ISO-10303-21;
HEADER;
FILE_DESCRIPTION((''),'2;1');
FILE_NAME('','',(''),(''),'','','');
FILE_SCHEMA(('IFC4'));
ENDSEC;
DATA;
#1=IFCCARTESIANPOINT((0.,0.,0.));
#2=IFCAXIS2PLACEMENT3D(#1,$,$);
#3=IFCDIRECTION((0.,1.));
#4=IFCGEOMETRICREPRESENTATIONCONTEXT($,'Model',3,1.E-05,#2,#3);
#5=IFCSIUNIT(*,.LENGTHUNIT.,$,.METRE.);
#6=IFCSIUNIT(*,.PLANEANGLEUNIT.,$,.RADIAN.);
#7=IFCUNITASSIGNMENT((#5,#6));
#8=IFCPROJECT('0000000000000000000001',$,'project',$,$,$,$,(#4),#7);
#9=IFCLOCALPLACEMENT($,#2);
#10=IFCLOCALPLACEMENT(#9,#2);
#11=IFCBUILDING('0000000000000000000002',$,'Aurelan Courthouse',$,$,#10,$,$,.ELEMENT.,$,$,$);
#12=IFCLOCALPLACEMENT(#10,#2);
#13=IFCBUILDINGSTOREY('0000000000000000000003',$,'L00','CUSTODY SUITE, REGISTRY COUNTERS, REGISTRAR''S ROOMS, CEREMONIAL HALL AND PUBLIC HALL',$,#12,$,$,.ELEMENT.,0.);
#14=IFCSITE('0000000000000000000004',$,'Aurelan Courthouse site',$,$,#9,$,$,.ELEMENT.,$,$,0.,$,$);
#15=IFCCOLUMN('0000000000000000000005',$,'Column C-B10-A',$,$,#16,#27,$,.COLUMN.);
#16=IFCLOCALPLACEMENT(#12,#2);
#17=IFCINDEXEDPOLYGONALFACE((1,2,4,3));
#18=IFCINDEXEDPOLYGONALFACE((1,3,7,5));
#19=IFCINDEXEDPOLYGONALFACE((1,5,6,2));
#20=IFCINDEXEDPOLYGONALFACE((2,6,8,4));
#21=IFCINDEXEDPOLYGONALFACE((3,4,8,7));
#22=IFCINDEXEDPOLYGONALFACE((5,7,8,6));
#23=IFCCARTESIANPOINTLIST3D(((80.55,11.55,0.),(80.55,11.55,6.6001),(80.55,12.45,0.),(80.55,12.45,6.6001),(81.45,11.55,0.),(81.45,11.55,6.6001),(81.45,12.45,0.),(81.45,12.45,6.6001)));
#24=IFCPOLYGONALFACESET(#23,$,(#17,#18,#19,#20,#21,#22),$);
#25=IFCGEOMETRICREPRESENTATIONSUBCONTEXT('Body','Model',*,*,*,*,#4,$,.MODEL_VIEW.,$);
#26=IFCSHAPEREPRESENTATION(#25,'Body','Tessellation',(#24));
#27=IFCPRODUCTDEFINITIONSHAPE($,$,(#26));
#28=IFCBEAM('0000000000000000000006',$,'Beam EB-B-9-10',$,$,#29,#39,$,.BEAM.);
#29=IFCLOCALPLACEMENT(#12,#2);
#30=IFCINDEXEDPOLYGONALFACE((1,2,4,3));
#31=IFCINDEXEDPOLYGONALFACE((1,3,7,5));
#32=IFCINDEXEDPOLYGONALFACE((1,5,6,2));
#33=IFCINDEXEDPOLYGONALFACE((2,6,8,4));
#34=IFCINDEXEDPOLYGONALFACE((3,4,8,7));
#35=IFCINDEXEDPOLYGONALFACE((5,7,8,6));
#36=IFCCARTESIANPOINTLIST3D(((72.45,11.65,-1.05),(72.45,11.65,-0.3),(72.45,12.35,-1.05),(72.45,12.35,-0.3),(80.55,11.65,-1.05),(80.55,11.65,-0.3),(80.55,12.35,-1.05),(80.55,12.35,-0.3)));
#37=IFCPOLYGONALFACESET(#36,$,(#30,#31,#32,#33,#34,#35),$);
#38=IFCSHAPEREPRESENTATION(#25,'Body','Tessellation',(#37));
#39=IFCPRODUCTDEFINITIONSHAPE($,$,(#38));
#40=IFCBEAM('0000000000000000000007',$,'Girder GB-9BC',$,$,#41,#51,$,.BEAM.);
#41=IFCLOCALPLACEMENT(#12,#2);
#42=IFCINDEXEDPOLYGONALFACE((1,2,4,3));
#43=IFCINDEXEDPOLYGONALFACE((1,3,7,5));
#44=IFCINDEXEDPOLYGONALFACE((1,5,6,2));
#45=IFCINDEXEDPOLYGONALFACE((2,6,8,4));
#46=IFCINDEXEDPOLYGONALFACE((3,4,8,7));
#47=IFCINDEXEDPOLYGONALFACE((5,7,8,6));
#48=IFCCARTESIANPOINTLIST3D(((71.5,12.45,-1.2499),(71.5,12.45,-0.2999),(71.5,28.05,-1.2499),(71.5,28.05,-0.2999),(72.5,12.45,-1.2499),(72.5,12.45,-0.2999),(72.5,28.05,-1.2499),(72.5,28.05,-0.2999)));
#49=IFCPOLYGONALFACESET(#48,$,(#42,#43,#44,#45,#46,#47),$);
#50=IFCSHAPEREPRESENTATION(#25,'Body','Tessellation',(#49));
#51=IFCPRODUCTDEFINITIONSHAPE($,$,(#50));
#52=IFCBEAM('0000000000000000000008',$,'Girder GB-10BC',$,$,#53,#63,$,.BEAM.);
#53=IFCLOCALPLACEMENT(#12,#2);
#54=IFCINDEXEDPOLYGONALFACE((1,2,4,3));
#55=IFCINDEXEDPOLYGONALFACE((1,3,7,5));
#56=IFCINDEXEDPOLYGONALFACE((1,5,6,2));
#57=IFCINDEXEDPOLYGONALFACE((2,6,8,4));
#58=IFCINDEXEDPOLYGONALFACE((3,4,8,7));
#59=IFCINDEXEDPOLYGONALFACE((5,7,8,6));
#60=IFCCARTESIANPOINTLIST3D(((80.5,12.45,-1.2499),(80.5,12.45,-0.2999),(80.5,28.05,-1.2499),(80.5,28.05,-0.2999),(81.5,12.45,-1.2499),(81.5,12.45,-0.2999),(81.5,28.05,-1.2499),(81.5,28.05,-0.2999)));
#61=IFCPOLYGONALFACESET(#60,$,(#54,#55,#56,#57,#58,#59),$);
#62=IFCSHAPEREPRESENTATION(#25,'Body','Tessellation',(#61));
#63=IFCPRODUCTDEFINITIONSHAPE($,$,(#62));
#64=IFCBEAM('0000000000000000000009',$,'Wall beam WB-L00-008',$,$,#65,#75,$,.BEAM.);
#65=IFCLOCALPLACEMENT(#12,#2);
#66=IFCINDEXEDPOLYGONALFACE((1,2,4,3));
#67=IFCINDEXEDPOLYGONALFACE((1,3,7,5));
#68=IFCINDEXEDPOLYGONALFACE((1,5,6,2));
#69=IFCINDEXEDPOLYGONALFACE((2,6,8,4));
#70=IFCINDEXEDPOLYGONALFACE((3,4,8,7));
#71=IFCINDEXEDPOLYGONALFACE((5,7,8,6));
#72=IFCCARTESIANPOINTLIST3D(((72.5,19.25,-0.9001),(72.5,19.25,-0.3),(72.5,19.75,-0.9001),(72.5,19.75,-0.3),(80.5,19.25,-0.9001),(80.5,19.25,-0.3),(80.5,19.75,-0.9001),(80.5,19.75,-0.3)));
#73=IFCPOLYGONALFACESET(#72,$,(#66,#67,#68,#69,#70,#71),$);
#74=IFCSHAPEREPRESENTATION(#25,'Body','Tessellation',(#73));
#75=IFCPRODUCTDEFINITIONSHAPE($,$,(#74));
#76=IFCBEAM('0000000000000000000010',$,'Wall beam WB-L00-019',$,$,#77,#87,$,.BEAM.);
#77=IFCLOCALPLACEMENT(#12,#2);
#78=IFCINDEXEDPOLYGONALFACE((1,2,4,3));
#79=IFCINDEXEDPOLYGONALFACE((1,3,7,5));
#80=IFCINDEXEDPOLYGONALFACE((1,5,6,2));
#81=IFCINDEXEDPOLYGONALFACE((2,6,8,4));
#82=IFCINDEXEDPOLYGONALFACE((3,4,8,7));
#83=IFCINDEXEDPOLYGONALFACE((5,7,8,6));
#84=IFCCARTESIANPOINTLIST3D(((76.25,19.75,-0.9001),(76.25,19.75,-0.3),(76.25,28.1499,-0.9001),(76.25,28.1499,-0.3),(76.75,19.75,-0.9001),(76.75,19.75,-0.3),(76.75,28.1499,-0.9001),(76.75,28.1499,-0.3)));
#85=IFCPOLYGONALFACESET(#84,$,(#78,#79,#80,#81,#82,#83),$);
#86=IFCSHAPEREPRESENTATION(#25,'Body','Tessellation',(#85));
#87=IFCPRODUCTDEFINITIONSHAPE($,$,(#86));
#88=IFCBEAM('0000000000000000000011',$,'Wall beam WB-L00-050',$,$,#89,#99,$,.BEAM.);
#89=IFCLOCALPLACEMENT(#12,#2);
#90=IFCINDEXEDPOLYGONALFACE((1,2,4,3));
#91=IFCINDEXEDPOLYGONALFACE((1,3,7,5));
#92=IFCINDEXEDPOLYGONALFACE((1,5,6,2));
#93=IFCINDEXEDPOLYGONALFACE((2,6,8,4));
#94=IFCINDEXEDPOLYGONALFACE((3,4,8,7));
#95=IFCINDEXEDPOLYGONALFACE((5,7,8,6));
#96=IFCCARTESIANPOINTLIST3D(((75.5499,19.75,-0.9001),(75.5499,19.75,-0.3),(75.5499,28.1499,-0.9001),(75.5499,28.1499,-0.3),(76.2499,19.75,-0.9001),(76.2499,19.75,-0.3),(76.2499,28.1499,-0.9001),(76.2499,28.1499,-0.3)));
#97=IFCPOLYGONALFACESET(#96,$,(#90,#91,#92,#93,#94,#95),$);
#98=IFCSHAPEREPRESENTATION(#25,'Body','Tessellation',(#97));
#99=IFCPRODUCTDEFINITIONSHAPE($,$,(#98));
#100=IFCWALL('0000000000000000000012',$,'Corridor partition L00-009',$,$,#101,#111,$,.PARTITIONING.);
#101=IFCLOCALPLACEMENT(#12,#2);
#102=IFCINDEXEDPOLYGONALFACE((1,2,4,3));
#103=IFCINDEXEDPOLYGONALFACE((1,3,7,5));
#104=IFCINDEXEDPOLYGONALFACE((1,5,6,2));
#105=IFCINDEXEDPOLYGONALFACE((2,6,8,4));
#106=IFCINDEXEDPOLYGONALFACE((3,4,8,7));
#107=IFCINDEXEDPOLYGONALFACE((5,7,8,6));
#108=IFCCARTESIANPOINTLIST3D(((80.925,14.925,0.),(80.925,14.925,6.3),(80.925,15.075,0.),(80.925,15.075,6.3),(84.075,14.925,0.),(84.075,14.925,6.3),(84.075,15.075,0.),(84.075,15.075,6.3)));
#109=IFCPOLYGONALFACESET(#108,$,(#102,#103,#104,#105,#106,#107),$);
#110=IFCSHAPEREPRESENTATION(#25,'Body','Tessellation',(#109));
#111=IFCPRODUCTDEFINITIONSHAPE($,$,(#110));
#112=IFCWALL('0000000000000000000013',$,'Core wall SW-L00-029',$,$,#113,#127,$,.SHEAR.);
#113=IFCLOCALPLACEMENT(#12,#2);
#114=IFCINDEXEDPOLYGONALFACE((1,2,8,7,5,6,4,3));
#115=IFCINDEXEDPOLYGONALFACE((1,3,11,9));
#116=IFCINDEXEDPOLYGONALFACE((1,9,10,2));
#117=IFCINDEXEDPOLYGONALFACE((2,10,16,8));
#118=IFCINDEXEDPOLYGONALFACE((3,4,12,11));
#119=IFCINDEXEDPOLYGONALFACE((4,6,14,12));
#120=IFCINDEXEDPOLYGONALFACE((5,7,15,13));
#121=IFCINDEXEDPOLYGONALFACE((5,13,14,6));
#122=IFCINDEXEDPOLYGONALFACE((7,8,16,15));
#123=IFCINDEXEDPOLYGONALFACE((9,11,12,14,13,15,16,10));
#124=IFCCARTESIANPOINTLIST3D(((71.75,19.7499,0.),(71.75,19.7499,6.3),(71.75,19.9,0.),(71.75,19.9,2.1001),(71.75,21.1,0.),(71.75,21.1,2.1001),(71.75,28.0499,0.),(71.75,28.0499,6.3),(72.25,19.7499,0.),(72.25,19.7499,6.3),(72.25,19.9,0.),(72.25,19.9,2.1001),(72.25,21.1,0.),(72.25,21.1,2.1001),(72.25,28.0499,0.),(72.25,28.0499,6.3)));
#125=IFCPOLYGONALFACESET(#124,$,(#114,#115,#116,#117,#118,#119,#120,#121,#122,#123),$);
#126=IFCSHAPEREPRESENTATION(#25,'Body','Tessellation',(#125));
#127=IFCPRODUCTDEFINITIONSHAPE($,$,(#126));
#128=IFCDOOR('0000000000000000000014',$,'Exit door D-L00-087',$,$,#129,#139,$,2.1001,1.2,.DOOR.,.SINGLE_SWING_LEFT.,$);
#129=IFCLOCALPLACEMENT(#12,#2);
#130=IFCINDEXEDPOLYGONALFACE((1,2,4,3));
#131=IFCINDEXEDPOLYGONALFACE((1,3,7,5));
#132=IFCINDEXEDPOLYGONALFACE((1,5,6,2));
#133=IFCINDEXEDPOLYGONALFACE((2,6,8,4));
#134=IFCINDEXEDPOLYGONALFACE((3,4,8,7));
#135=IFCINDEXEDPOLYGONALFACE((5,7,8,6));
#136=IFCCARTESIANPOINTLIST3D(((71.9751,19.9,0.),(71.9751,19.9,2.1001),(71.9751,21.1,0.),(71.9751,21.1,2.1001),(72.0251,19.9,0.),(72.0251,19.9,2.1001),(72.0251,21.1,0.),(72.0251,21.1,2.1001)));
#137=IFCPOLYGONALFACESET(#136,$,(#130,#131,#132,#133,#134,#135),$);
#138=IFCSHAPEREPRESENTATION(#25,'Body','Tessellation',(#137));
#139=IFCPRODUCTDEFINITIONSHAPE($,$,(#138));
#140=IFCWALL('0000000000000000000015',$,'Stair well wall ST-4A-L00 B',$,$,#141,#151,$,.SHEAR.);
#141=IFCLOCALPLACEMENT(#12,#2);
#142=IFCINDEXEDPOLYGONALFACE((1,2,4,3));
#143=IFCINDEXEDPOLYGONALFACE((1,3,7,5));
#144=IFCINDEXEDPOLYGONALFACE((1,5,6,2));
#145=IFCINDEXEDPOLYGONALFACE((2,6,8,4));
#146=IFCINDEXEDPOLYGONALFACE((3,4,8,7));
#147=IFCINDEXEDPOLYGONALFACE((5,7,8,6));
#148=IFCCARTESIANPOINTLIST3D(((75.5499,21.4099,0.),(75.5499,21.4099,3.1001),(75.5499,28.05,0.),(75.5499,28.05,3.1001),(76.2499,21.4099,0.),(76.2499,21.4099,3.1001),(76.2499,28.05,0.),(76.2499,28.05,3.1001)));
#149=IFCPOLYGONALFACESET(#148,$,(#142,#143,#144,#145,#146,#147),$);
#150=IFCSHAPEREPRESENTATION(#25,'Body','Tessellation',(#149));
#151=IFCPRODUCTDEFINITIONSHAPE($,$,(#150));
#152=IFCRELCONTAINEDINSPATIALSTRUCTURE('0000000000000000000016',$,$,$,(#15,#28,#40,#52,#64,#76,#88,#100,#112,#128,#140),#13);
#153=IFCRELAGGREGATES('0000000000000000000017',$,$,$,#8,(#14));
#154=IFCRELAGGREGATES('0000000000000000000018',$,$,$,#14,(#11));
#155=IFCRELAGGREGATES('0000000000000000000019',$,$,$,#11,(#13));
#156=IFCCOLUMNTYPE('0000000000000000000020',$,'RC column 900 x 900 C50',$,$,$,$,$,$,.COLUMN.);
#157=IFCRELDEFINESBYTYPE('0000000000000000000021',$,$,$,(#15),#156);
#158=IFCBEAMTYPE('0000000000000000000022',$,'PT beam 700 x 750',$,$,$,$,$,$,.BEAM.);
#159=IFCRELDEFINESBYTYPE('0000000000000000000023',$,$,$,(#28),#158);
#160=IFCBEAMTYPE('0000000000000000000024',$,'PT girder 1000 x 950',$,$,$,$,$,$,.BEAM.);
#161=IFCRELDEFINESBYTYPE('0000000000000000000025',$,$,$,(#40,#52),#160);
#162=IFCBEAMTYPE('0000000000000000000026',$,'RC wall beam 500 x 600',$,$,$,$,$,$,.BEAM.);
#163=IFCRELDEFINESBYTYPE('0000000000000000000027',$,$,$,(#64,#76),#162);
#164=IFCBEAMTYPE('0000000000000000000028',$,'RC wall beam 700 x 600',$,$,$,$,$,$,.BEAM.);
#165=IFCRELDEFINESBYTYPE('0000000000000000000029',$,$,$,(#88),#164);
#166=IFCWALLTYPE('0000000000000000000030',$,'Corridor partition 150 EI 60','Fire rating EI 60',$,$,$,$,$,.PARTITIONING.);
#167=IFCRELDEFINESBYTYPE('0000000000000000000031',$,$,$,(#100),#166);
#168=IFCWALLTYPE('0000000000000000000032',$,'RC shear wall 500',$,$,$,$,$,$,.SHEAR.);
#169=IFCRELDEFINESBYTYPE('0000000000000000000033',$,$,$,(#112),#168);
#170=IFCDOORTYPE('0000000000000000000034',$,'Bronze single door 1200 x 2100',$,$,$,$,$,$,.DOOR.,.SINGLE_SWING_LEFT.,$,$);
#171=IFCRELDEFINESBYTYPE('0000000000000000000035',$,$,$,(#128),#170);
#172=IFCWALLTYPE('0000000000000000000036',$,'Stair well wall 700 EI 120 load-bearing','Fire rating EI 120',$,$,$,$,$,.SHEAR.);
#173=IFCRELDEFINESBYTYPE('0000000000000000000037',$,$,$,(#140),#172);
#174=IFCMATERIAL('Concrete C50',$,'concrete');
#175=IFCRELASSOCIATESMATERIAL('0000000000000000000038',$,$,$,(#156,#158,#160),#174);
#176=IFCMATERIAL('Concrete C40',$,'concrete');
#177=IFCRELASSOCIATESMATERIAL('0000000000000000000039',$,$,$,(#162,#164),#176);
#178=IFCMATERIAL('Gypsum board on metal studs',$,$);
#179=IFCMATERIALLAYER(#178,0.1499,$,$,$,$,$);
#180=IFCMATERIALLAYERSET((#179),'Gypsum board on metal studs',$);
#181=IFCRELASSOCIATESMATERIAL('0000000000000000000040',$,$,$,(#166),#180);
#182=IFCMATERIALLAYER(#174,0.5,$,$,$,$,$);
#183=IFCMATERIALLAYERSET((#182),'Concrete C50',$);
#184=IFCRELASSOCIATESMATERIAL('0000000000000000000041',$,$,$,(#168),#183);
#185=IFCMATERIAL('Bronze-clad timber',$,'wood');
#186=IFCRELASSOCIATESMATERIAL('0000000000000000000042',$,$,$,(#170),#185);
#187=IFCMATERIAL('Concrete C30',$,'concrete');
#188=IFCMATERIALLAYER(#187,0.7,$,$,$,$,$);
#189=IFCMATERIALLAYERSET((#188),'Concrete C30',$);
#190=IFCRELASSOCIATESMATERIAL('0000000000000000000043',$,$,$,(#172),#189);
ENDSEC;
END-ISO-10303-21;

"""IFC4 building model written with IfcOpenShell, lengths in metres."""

from ifc_helpers import new_model, si_unit, direction, frame, frame_2d, origin, origin_2d, place, context, subcontext, project, spatial, rectangle, extrude, material, layer, layer_set, material_profile, profile_set, type_object, element, fill, save


model = new_model("IFC4")

# Units and contexts
model_context = context("Model", 3, precision=1e-05, world=origin(), true_north=direction((0.0, 1.0)))
body_context = subcontext(model_context, "Body", "Model", "MODEL_VIEW")
ifc_project = project(units=[si_unit("LENGTHUNIT", "METRE"), si_unit("PLANEANGLEUNIT", "RADIAN")], contexts=[model_context])

# Site, building, storey
site_placement = place(None, origin())
site = spatial("IfcSite", under=ifc_project, at=site_placement, Name="Aurelan Courthouse site", CompositionType="ELEMENT", RefElevation=0.0)
building_placement = place(site_placement, origin())
building = spatial("IfcBuilding", under=site, at=building_placement, Name="Aurelan Courthouse", CompositionType="ELEMENT")
storey_placement = place(building_placement, origin())
storey = spatial("IfcBuildingStorey", under=building, at=storey_placement, Name="L00", Description="CUSTODY SUITE, REGISTRY COUNTERS, REGISTRAR'S ROOMS, CEREMONIAL HALL AND PUBLIC HALL", CompositionType="ELEMENT", Elevation=0.0)

# Column
ifc_material_1 = material(Name="Concrete C50", Category="concrete")
ifc_material_profile_1 = material_profile(ifc_material_1, rectangle(XDim=0.8999, YDim=0.8999, at=origin_2d()), Name="RC 900 x 900")
ifc_profile_set_1 = profile_set([ifc_material_profile_1], Name="Concrete C50")
column_type = type_object("IfcColumnType", Name="RC column 900 x 900 C50", PredefinedType="COLUMN", material=ifc_profile_set_1)
column_placement = place(storey_placement, frame((81.0, 12.0, 0.0), z_axis=(0.0, 0.0, 1.0), x_axis=(1.0, 0.0, 0.0)))
element("IfcColumn", 1, at=column_placement, inside=storey, type_object=column_type, Name="Column C-B10-A", PredefinedType="COLUMN", context=body_context, shape_type="SweptSolid", body=[
    extrude(rectangle(XDim=0.8999, YDim=0.8999, at=origin_2d()), origin(), (0.0, 0.0, 1.0), 6.6001),
])

# Beams
ifc_material_profile_2 = material_profile(ifc_material_1, rectangle(XDim=0.7, YDim=0.75, at=origin_2d()), Name="RC 700 x 750")
ifc_profile_set_2 = profile_set([ifc_material_profile_2], Name="Concrete C50")
beam_type_1 = type_object("IfcBeamType", Name="PT beam 700 x 750", PredefinedType="BEAM", material=ifc_profile_set_2)
beam_1_placement = place(storey_placement, frame((72.45, 12.0, -0.675), z_axis=(1.0, 0.0, 0.0), x_axis=(0.0, 1.0, 0.0)))
element("IfcBeam", 2, at=beam_1_placement, inside=storey, type_object=beam_type_1, Name="Beam EB-B-9-10", PredefinedType="BEAM", context=body_context, shape_type="SweptSolid", body=[
    extrude(rectangle(XDim=0.7, YDim=0.75, at=origin_2d()), origin(), (0.0, 0.0, 1.0), 8.1001),
])
ifc_material_profile_3 = material_profile(ifc_material_1, rectangle(XDim=1.0, YDim=0.95, at=origin_2d()), Name="RC 1000 x 950")
ifc_profile_set_3 = profile_set([ifc_material_profile_3], Name="Concrete C50")
beam_type_2 = type_object("IfcBeamType", Name="PT girder 1000 x 950", PredefinedType="BEAM", material=ifc_profile_set_3)
for number, where, z_axis, x_axis, name in (
    (3, (72.0, 12.45, -0.7749), (0.0, 1.0, 0.0), (-1.0, 0.0, 0.0), "Girder GB-9BC"),
    (4, (81.0, 12.45, -0.7749), (0.0, 1.0, 0.0), (-1.0, 0.0, 0.0), "Girder GB-10BC"),
):
    element("IfcBeam", number, at=place(storey_placement, frame(where, z_axis=z_axis, x_axis=x_axis)), inside=storey, type_object=beam_type_2, Name=name, PredefinedType="BEAM", context=body_context, shape_type="SweptSolid", body=[
        extrude(rectangle(XDim=1.0, YDim=0.95, at=origin_2d()), origin(), (0.0, 0.0, 1.0), 15.6001),
    ])
ifc_material_2 = material(Name="Concrete C40", Category="concrete")
ifc_material_profile_4 = material_profile(ifc_material_2, rectangle(XDim=0.5, YDim=0.6001, at=origin_2d()), Name="RC 500 x 600")
ifc_profile_set_4 = profile_set([ifc_material_profile_4], Name="Concrete C40")
beam_type_3 = type_object("IfcBeamType", Name="RC wall beam 500 x 600", PredefinedType="BEAM", material=ifc_profile_set_4)
beam_2_placement = place(storey_placement, frame((72.5, 19.5, -0.6001), z_axis=(1.0, 0.0, 0.0), x_axis=(0.0, 1.0, 0.0)))
element("IfcBeam", 5, at=beam_2_placement, inside=storey, type_object=beam_type_3, Name="Wall beam WB-L00-008", PredefinedType="BEAM", context=body_context, shape_type="SweptSolid", body=[
    extrude(rectangle(XDim=0.5, YDim=0.6001, at=origin_2d()), origin(), (0.0, 0.0, 1.0), 8.0),
])
beam_3_placement = place(storey_placement, frame((76.5, 19.75, -0.6001), z_axis=(0.0, 1.0, 0.0), x_axis=(-1.0, 0.0, 0.0)))
element("IfcBeam", 6, at=beam_3_placement, inside=storey, type_object=beam_type_3, Name="Wall beam WB-L00-019", PredefinedType="BEAM", context=body_context, shape_type="SweptSolid", body=[
    extrude(rectangle(XDim=0.5, YDim=0.6001, at=origin_2d()), origin(), (0.0, 0.0, 1.0), 8.3999),
])
ifc_material_profile_5 = material_profile(ifc_material_2, rectangle(XDim=0.7, YDim=0.6001, at=origin_2d()), Name="RC 700 x 600")
ifc_profile_set_5 = profile_set([ifc_material_profile_5], Name="Concrete C40")
beam_type_4 = type_object("IfcBeamType", Name="RC wall beam 700 x 600", PredefinedType="BEAM", material=ifc_profile_set_5)
beam_4_placement = place(storey_placement, frame((75.8999, 19.75, -0.6001), z_axis=(0.0, 1.0, 0.0), x_axis=(-1.0, 0.0, 0.0)))
element("IfcBeam", 7, at=beam_4_placement, inside=storey, type_object=beam_type_4, Name="Wall beam WB-L00-050", PredefinedType="BEAM", context=body_context, shape_type="SweptSolid", body=[
    extrude(rectangle(XDim=0.7, YDim=0.6001, at=origin_2d()), origin(), (0.0, 0.0, 1.0), 8.3999),
])

# Wall
ifc_material_3 = material(Name="Gypsum board on metal studs")
ifc_layer_1 = layer(ifc_material_3, 0.1499)
ifc_layer_set_1 = layer_set([ifc_layer_1], Name="Gypsum board on metal studs")
wall_type_1 = type_object("IfcWallType", Name="Corridor partition 150 EI 60", Description="Fire rating EI 60", PredefinedType="PARTITIONING", material=ifc_layer_set_1)
wall_1_placement = place(storey_placement, frame((80.925, 15.0, 0.0), z_axis=(0.0, 0.0, 1.0), x_axis=(1.0, 0.0, 0.0)))
element("IfcWall", 8, at=wall_1_placement, inside=storey, type_object=wall_type_1, Name="Corridor partition L00-009", PredefinedType="PARTITIONING", context=body_context, shape_type="SweptSolid", body=[
    extrude(rectangle(XDim=3.1499, YDim=0.1499, at=frame_2d((1.575, 0.0))), origin(), (0.0, 0.0, 1.0), 6.3),
])

# Wall, opening, door
ifc_layer_2 = layer(ifc_material_1, 0.5)
ifc_layer_set_2 = layer_set([ifc_layer_2], Name="Concrete C50")
wall_type_2 = type_object("IfcWallType", Name="RC shear wall 500", PredefinedType="SHEAR", material=ifc_layer_set_2)
wall_2_placement = place(storey_placement, frame((72.0, 19.75, 0.0), z_axis=(0.0, 0.0, 1.0), x_axis=(0.0, 1.0, 0.0)))
wall_2 = element("IfcWall", 9, at=wall_2_placement, inside=storey, type_object=wall_type_2, Name="Core wall SW-L00-029", PredefinedType="SHEAR", context=body_context, shape_type="SweptSolid", body=[
    extrude(rectangle(XDim=8.3, YDim=0.5, at=frame_2d((4.1499, 0.0))), origin(), (0.0, 0.0, 1.0), 6.3),
])
opening_1_placement = place(wall_2_placement, frame((0.1499, 0.0, 0.0)))
opening_1 = element("IfcOpeningElement", 10, at=opening_1_placement, cuts=wall_2, PredefinedType="OPENING", context=body_context, shape_type="SweptSolid", body=[
    extrude(rectangle(XDim=1.2, YDim=2.1001, at=frame_2d((0.6001, 1.05))), frame((0.0, 0.26, 0.0), z_axis=(0.0, -1.0, 0.0), x_axis=(1.0, 0.0, 0.0)), (0.0, 0.0, 1.0), 0.52),
])
ifc_material_4 = material(Name="Bronze-clad timber", Category="wood")
door_type_1 = type_object("IfcDoorType", Name="Bronze single door 1200 x 2100", OperationType="SINGLE_SWING_LEFT", PredefinedType="DOOR", material=ifc_material_4)
door_1_placement = place(opening_1_placement, origin())
door_1 = element("IfcDoor", 11, at=door_1_placement, inside=storey, type_object=door_type_1, Name="Exit door D-L00-087", OperationType="SINGLE_SWING_LEFT", OverallHeight=2.1001, OverallWidth=1.2, PredefinedType="DOOR", context=body_context, shape_type="SweptSolid", body=[
    extrude(rectangle(XDim=1.2, YDim=2.1001, at=frame_2d((0.6001, 1.05))), frame((0.0, 0.0249, 0.0), z_axis=(0.0, -1.0, 0.0), x_axis=(1.0, 0.0, 0.0)), (0.0, 0.0, 1.0), 0.05),
])
fill(opening_1, door_1)

# Wall
ifc_material_5 = material(Name="Concrete C30", Category="concrete")
ifc_layer_3 = layer(ifc_material_5, 0.7)
ifc_layer_set_3 = layer_set([ifc_layer_3], Name="Concrete C30")
wall_type_3 = type_object("IfcWallType", Name="Stair well wall 700 EI 120 load-bearing", Description="Fire rating EI 120", PredefinedType="SHEAR", material=ifc_layer_set_3)
wall_3_placement = place(storey_placement, frame((75.8999, 21.4099, 0.0), z_axis=(0.0, 0.0, 1.0), x_axis=(0.0, 1.0, 0.0)))
element("IfcWall", 12, at=wall_3_placement, inside=storey, type_object=wall_type_3, Name="Stair well wall ST-4A-L00 B", PredefinedType="SHEAR", context=body_context, shape_type="SweptSolid", body=[
    extrude(rectangle(XDim=6.6401, YDim=0.7, at=frame_2d((3.3201, 0.0))), origin(), (0.0, 0.0, 1.0), 3.1001),
])

save(model, "model.ifc")
